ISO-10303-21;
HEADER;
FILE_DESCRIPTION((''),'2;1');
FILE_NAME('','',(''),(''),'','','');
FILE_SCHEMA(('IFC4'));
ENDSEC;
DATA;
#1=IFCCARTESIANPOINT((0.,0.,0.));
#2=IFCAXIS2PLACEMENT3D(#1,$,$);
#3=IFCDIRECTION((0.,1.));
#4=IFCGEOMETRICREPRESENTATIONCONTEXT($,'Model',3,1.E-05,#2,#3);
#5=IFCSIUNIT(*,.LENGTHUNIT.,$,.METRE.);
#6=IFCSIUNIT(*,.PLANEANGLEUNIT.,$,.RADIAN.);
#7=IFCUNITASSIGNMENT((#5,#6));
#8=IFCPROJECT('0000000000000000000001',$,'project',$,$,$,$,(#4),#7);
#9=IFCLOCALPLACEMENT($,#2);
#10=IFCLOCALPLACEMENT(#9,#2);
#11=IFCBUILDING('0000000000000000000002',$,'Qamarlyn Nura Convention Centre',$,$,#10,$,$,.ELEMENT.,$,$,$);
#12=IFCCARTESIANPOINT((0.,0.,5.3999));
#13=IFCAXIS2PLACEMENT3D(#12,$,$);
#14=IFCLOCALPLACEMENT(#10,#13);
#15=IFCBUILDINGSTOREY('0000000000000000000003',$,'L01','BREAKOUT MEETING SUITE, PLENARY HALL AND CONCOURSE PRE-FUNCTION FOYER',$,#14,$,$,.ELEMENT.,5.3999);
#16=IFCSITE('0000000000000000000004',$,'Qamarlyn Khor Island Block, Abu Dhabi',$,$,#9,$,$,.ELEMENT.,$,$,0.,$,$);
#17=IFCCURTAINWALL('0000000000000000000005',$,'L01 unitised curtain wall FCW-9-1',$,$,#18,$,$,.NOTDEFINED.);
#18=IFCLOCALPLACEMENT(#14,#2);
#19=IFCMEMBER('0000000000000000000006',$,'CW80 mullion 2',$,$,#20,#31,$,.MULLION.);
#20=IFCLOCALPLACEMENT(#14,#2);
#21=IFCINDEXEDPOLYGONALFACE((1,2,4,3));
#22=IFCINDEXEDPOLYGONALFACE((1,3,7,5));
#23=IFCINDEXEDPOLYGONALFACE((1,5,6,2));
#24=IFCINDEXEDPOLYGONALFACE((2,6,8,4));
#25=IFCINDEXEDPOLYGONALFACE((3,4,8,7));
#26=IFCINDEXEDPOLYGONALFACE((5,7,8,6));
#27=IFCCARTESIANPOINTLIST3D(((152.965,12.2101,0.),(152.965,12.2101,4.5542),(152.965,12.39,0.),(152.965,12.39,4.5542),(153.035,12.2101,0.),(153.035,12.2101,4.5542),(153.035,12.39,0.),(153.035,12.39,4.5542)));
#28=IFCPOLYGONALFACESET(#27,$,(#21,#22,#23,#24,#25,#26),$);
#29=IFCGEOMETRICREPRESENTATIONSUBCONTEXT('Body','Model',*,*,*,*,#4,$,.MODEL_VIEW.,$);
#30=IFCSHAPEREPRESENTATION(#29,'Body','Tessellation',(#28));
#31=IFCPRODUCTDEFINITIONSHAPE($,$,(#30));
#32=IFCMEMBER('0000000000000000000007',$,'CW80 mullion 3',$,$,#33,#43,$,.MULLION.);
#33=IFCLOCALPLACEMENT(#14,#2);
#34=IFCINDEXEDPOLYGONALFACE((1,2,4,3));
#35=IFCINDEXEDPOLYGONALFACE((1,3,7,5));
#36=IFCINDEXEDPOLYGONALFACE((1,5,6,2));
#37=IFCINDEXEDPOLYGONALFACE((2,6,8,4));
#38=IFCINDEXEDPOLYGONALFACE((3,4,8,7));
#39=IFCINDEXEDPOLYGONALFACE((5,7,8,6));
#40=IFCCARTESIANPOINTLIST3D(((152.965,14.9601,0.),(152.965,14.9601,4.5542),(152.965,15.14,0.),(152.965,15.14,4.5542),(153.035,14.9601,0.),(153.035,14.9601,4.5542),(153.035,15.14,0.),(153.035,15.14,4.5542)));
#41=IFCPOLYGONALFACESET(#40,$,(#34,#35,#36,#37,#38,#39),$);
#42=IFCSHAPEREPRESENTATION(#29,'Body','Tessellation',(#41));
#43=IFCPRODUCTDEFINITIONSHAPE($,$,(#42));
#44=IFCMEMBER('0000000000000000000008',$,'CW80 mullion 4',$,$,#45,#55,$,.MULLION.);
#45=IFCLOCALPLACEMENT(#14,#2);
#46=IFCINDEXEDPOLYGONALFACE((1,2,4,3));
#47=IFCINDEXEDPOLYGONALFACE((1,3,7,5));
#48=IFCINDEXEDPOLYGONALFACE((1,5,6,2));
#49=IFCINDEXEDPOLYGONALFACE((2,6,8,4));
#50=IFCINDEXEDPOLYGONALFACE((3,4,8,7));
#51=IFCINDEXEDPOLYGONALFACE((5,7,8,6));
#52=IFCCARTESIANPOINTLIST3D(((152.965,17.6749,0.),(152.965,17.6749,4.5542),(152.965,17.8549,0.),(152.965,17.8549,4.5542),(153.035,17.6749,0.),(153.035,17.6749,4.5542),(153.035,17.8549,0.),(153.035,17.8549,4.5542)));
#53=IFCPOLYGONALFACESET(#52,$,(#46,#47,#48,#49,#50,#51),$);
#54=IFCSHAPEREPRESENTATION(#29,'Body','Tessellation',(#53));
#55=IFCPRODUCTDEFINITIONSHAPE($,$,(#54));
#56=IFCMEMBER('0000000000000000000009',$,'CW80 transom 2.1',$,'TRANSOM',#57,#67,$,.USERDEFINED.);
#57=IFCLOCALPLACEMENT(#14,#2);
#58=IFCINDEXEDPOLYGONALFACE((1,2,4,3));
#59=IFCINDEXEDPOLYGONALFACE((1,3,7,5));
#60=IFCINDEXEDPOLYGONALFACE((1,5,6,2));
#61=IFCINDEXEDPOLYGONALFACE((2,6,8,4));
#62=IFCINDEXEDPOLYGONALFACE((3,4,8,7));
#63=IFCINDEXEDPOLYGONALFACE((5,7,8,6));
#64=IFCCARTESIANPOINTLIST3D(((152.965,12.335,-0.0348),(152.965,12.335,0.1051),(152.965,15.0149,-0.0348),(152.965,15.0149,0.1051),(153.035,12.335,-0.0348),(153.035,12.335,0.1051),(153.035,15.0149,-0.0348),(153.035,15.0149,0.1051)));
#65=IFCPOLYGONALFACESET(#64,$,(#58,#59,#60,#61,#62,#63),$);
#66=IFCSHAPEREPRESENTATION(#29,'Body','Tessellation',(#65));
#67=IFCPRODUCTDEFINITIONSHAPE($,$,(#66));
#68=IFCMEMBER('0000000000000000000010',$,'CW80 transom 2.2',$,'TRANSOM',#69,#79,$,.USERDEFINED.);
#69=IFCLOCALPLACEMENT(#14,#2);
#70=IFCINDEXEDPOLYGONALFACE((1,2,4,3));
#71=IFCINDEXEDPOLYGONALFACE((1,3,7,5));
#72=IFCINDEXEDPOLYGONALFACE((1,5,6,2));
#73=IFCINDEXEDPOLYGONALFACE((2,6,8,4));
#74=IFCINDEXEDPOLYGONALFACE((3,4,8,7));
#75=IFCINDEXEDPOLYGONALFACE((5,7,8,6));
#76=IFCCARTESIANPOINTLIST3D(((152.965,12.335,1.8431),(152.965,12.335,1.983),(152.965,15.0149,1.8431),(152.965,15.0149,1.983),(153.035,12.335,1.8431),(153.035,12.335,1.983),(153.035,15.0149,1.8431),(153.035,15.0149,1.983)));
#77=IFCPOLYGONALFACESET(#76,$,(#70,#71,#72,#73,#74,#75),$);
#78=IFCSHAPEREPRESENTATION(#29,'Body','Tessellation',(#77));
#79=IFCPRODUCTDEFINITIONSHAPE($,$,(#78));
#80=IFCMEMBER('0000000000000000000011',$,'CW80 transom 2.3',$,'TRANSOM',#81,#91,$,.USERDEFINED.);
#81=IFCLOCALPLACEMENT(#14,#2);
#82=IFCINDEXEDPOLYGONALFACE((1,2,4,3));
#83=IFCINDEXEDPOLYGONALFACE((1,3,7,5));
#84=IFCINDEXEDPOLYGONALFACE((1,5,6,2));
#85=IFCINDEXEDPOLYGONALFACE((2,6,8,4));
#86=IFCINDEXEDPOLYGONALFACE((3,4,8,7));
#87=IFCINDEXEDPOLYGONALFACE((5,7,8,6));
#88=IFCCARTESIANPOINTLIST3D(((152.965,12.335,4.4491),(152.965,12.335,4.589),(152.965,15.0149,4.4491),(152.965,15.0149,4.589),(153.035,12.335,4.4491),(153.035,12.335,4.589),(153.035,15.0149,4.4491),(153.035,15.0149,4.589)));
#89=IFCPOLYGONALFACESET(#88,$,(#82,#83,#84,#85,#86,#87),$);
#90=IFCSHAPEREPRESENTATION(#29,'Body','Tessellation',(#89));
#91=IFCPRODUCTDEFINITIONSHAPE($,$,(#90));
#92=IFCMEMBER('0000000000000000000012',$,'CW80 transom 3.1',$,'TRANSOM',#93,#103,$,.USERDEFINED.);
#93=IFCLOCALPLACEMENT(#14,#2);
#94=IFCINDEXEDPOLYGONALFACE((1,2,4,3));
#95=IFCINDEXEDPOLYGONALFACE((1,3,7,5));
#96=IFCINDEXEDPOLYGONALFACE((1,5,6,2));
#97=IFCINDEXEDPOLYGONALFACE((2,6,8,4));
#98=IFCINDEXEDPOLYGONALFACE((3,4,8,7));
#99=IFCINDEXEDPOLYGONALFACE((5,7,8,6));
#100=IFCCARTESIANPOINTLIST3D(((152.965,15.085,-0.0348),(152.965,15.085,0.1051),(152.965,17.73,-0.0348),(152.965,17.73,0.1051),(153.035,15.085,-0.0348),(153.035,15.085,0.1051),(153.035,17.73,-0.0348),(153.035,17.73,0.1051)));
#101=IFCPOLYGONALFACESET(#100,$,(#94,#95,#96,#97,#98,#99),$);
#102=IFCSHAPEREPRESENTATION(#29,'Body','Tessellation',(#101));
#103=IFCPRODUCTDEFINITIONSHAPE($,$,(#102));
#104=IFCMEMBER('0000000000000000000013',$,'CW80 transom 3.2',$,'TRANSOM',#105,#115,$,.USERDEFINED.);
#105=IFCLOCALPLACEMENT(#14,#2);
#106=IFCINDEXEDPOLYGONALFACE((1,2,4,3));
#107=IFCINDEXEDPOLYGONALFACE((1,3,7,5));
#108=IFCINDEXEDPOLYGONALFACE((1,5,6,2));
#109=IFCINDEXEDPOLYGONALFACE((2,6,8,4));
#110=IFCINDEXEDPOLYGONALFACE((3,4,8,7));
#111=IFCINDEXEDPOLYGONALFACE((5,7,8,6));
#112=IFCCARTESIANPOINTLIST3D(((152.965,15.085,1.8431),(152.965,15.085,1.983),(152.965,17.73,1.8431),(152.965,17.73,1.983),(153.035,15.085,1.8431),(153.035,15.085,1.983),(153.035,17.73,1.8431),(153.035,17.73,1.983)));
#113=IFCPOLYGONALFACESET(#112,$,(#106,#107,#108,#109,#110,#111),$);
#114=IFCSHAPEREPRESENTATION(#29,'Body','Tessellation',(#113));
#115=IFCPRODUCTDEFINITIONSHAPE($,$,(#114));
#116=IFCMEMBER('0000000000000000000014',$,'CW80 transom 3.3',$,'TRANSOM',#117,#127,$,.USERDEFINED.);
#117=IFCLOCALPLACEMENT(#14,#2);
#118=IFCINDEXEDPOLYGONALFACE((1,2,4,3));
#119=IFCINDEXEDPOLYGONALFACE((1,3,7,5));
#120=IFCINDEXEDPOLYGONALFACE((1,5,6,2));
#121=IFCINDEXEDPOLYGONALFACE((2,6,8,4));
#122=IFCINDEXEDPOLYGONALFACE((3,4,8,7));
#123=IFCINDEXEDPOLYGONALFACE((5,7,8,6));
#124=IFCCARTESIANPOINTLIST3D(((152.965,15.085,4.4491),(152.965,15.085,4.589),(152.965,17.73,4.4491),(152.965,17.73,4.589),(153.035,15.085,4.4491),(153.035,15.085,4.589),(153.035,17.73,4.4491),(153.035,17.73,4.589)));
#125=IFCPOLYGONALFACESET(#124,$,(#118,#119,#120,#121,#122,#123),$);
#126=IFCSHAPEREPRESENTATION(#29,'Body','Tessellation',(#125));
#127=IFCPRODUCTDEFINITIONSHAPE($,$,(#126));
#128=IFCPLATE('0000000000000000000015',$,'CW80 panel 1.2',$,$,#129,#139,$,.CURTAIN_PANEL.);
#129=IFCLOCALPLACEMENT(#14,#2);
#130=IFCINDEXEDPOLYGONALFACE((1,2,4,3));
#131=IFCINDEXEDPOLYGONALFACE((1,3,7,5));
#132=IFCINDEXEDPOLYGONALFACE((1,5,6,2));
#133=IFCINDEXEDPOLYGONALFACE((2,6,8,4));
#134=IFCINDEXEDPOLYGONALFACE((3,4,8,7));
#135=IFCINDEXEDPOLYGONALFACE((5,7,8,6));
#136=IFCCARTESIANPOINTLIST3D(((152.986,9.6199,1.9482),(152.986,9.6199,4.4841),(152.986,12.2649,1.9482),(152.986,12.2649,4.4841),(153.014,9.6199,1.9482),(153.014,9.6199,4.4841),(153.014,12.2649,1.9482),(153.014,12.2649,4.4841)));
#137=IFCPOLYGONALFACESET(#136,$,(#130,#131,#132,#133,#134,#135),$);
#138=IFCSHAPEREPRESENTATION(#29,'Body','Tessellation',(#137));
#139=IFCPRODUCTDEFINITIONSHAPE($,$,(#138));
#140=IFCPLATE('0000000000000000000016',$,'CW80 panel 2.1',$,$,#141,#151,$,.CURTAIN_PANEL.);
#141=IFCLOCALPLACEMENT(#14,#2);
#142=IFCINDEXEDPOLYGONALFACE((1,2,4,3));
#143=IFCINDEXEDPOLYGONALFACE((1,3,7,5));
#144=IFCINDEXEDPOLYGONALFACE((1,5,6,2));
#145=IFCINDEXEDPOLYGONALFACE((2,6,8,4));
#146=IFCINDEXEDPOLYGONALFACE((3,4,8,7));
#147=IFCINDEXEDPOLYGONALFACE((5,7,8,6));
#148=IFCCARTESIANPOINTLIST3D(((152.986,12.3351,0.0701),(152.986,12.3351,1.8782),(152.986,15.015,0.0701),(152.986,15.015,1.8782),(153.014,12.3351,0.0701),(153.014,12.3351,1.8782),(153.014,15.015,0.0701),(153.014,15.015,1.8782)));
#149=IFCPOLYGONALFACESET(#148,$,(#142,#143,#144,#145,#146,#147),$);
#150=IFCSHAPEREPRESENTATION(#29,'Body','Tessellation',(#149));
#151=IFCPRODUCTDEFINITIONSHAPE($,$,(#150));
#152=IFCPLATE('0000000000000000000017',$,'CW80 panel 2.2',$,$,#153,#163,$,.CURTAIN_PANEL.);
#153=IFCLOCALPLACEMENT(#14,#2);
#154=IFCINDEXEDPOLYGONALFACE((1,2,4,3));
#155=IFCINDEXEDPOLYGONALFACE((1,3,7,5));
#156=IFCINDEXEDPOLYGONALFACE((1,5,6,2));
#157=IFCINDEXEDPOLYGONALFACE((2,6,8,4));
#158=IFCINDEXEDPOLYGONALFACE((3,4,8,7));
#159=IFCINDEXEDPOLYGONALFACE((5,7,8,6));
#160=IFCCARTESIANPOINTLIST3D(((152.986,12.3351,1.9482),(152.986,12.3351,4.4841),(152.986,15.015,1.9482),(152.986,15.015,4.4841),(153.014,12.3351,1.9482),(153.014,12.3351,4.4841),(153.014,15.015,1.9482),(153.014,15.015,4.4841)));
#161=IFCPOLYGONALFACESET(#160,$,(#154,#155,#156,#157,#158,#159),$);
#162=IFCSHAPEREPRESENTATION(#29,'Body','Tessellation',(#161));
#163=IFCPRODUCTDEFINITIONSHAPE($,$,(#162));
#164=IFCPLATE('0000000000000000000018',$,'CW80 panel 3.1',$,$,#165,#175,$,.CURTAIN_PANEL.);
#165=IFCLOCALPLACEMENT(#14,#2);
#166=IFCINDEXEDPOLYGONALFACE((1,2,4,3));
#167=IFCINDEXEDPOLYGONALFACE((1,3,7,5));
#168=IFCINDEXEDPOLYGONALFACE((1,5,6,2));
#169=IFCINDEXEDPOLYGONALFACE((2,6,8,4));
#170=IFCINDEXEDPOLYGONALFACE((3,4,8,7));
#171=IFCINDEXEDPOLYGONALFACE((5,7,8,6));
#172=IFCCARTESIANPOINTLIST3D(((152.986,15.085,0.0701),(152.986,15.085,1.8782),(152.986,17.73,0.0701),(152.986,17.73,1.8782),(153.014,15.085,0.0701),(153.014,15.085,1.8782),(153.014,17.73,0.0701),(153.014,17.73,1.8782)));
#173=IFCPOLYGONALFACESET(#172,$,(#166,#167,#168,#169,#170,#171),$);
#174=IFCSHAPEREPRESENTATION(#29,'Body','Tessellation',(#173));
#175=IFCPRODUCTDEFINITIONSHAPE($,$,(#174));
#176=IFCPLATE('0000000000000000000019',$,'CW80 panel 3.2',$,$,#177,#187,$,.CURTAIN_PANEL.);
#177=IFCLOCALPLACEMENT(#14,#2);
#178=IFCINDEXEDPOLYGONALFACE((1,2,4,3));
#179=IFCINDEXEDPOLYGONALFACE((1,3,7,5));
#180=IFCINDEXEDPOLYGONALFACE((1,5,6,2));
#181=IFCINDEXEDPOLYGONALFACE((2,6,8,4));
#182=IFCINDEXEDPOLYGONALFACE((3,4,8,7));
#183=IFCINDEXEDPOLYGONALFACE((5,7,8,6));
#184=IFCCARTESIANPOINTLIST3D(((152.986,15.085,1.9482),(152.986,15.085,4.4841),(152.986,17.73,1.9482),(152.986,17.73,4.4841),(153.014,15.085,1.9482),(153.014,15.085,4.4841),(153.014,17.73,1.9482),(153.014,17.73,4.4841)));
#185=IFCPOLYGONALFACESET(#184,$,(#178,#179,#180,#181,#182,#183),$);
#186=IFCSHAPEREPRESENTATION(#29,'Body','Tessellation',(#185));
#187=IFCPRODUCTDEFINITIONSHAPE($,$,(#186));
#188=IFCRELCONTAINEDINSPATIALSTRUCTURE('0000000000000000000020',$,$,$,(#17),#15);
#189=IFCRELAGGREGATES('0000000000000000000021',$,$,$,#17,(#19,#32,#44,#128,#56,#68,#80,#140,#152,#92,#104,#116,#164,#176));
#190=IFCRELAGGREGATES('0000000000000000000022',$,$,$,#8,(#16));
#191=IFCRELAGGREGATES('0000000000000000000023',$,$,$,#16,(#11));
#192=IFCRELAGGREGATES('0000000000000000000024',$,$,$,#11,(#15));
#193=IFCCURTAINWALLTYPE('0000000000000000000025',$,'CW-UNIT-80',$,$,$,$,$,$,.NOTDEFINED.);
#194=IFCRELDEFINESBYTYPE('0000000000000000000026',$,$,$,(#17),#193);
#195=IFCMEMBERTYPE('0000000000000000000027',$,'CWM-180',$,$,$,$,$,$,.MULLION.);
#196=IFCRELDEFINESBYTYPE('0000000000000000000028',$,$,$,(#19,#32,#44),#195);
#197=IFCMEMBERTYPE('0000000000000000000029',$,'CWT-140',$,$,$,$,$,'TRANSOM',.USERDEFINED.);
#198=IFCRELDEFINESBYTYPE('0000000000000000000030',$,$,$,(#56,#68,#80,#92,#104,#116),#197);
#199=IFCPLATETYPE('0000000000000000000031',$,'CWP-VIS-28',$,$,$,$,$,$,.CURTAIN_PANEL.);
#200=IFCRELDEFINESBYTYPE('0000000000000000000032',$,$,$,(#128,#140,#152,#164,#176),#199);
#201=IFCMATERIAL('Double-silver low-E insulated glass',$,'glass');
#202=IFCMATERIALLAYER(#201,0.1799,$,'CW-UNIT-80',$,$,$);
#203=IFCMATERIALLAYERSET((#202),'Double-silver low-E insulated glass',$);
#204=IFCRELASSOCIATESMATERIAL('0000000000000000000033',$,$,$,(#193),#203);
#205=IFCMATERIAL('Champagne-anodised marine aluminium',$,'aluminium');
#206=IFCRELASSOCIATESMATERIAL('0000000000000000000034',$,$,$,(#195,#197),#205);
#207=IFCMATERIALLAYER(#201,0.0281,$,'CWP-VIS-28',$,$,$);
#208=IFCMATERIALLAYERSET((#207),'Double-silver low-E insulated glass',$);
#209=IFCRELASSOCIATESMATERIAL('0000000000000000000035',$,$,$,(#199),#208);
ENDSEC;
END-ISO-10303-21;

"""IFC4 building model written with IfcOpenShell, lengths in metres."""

from ifc_helpers import new_model, si_unit, direction, frame, origin, origin_2d, place, context, subcontext, project, spatial, rectangle, extrude, material, layer, layer_set, material_profile, profile_set, type_object, element, aggregate, save


model = new_model("IFC4")

# Units and contexts
model_context = context("Model", 3, precision=1e-05, world=origin(), true_north=direction((0.0, 1.0)))
body_context = subcontext(model_context, "Body", "Model", "MODEL_VIEW")
ifc_project = project(units=[si_unit("LENGTHUNIT", "METRE"), si_unit("PLANEANGLEUNIT", "RADIAN")], contexts=[model_context])

# Site, building, storey
site_placement = place(None, origin())
site = spatial("IfcSite", under=ifc_project, at=site_placement, Name="Qamarlyn Khor Island Block, Abu Dhabi", CompositionType="ELEMENT", RefElevation=0.0)
building_placement = place(site_placement, origin())
building = spatial("IfcBuilding", under=site, at=building_placement, Name="Qamarlyn Nura Convention Centre", CompositionType="ELEMENT")
storey_placement = place(building_placement, frame((0.0, 0.0, 5.3999)))
storey = spatial("IfcBuildingStorey", under=building, at=storey_placement, Name="L01", Description="BREAKOUT MEETING SUITE, PLENARY HALL AND CONCOURSE PRE-FUNCTION FOYER", CompositionType="ELEMENT", Elevation=5.3999)

# Curtain wall, members, plates
ifc_material_1 = material(Name="Double-silver low-E insulated glass", Category="glass")
ifc_layer_1 = layer(ifc_material_1, 0.1799, Name="CW-UNIT-80")
ifc_layer_set_1 = layer_set([ifc_layer_1], Name="Double-silver low-E insulated glass")
curtain_wall_type = type_object("IfcCurtainWallType", Name="CW-UNIT-80", PredefinedType="NOTDEFINED", material=ifc_layer_set_1)
curtain_wall_placement = place(storey_placement, origin())
curtain_wall = element("IfcCurtainWall", 1, at=curtain_wall_placement, inside=storey, type_object=curtain_wall_type, Name="L01 unitised curtain wall FCW-9-1", PredefinedType="NOTDEFINED")
ifc_material_2 = material(Name="Champagne-anodised marine aluminium", Category="aluminium")
ifc_material_profile_1 = material_profile(ifc_material_2, rectangle(XDim=0.0701, YDim=0.1799, at=origin_2d()), Name="ALU MULLION 70x180")
ifc_profile_set_1 = profile_set([ifc_material_profile_1], Name="Champagne-anodised marine aluminium")
member_type_1 = type_object("IfcMemberType", Name="CWM-180", PredefinedType="MULLION", material=ifc_profile_set_1)
member_1_placement = place(storey_placement, frame((153.0, 12.3, 0.0), z_axis=(0.0, 0.0, 1.0), x_axis=(-1.0, 0.0, 0.0)))
member_1 = element("IfcMember", 2, at=member_1_placement, type_object=member_type_1, Name="CW80 mullion 2", PredefinedType="MULLION", context=body_context, shape_type="SweptSolid", body=[
    extrude(rectangle(XDim=0.0701, YDim=0.1799, at=origin_2d()), origin(), (0.0, 0.0, 1.0), 4.5542),
])
member_2_placement = place(storey_placement, frame((153.0, 15.05, 0.0), z_axis=(0.0, 0.0, 1.0), x_axis=(-1.0, 0.0, 0.0)))
member_2 = element("IfcMember", 3, at=member_2_placement, type_object=member_type_1, Name="CW80 mullion 3", PredefinedType="MULLION", context=body_context, shape_type="SweptSolid", body=[
    extrude(rectangle(XDim=0.0701, YDim=0.1799, at=origin_2d()), origin(), (0.0, 0.0, 1.0), 4.5542),
])
member_3_placement = place(storey_placement, frame((153.0, 17.7649, 0.0), z_axis=(0.0, 0.0, 1.0), x_axis=(-1.0, 0.0, 0.0)))
member_3 = element("IfcMember", 4, at=member_3_placement, type_object=member_type_1, Name="CW80 mullion 4", PredefinedType="MULLION", context=body_context, shape_type="SweptSolid", body=[
    extrude(rectangle(XDim=0.0701, YDim=0.1799, at=origin_2d()), origin(), (0.0, 0.0, 1.0), 4.5542),
])
ifc_material_profile_2 = material_profile(ifc_material_2, rectangle(XDim=0.0701, YDim=0.1399, at=origin_2d()), Name="ALU TRANSOM 70x140")
ifc_profile_set_2 = profile_set([ifc_material_profile_2], Name="Champagne-anodised marine aluminium")
member_type_2 = type_object("IfcMemberType", Name="CWT-140", ElementType="TRANSOM", PredefinedType="USERDEFINED", material=ifc_profile_set_2)
member_4_placement = place(storey_placement, frame((153.0, 12.335, 0.0352), z_axis=(0.0, 1.0, 0.0), x_axis=(-1.0, 0.0, 0.0)))
member_4 = element("IfcMember", 5, at=member_4_placement, type_object=member_type_2, Name="CW80 transom 2.1", ObjectType="TRANSOM", PredefinedType="USERDEFINED", context=body_context, shape_type="SweptSolid", body=[
    extrude(rectangle(XDim=0.0701, YDim=0.1399, at=origin_2d()), origin(), (0.0, 0.0, 1.0), 2.6799),
])
member_5_placement = place(storey_placement, frame((153.0, 12.335, 1.9131), z_axis=(0.0, 1.0, 0.0), x_axis=(-1.0, 0.0, 0.0)))
member_5 = element("IfcMember", 6, at=member_5_placement, type_object=member_type_2, Name="CW80 transom 2.2", ObjectType="TRANSOM", PredefinedType="USERDEFINED", context=body_context, shape_type="SweptSolid", body=[
    extrude(rectangle(XDim=0.0701, YDim=0.1399, at=origin_2d()), origin(), (0.0, 0.0, 1.0), 2.6799),
])
member_6_placement = place(storey_placement, frame((153.0, 12.335, 4.519), z_axis=(0.0, 1.0, 0.0), x_axis=(-1.0, 0.0, 0.0)))
member_6 = element("IfcMember", 7, at=member_6_placement, type_object=member_type_2, Name="CW80 transom 2.3", ObjectType="TRANSOM", PredefinedType="USERDEFINED", context=body_context, shape_type="SweptSolid", body=[
    extrude(rectangle(XDim=0.0701, YDim=0.1399, at=origin_2d()), origin(), (0.0, 0.0, 1.0), 2.6799),
])
member_7_placement = place(storey_placement, frame((153.0, 15.085, 0.0352), z_axis=(0.0, 1.0, 0.0), x_axis=(-1.0, 0.0, 0.0)))
member_7 = element("IfcMember", 8, at=member_7_placement, type_object=member_type_2, Name="CW80 transom 3.1", ObjectType="TRANSOM", PredefinedType="USERDEFINED", context=body_context, shape_type="SweptSolid", body=[
    extrude(rectangle(XDim=0.0701, YDim=0.1399, at=origin_2d()), origin(), (0.0, 0.0, 1.0), 2.645),
])
member_8_placement = place(storey_placement, frame((153.0, 15.085, 1.9131), z_axis=(0.0, 1.0, 0.0), x_axis=(-1.0, 0.0, 0.0)))
member_8 = element("IfcMember", 9, at=member_8_placement, type_object=member_type_2, Name="CW80 transom 3.2", ObjectType="TRANSOM", PredefinedType="USERDEFINED", context=body_context, shape_type="SweptSolid", body=[
    extrude(rectangle(XDim=0.0701, YDim=0.1399, at=origin_2d()), origin(), (0.0, 0.0, 1.0), 2.645),
])
member_9_placement = place(storey_placement, frame((153.0, 15.085, 4.519), z_axis=(0.0, 1.0, 0.0), x_axis=(-1.0, 0.0, 0.0)))
member_9 = element("IfcMember", 10, at=member_9_placement, type_object=member_type_2, Name="CW80 transom 3.3", ObjectType="TRANSOM", PredefinedType="USERDEFINED", context=body_context, shape_type="SweptSolid", body=[
    extrude(rectangle(XDim=0.0701, YDim=0.1399, at=origin_2d()), origin(), (0.0, 0.0, 1.0), 2.645),
])
ifc_layer_2 = layer(ifc_material_1, 0.0281, Name="CWP-VIS-28")
ifc_layer_set_2 = layer_set([ifc_layer_2], Name="Double-silver low-E insulated glass")
plate_type = type_object("IfcPlateType", Name="CWP-VIS-28", PredefinedType="CURTAIN_PANEL", material=ifc_layer_set_2)
plate_1_placement = place(storey_placement, frame((153.0, 10.9424, 1.9482), z_axis=(0.0, 0.0, 1.0), x_axis=(0.0, 1.0, 0.0)))
plate_1 = element("IfcPlate", 11, at=plate_1_placement, type_object=plate_type, Name="CW80 panel 1.2", PredefinedType="CURTAIN_PANEL", context=body_context, shape_type="SweptSolid", body=[
    extrude(rectangle(XDim=2.645, YDim=0.0281, at=origin_2d()), origin(), (0.0, 0.0, 1.0), 2.5359),
])
plate_2_placement = place(storey_placement, frame((153.0, 13.675, 0.0701), z_axis=(0.0, 0.0, 1.0), x_axis=(0.0, 1.0, 0.0)))
plate_2 = element("IfcPlate", 12, at=plate_2_placement, type_object=plate_type, Name="CW80 panel 2.1", PredefinedType="CURTAIN_PANEL", context=body_context, shape_type="SweptSolid", body=[
    extrude(rectangle(XDim=2.6799, YDim=0.0281, at=origin_2d()), origin(), (0.0, 0.0, 1.0), 1.8081),
])
plate_3_placement = place(storey_placement, frame((153.0, 13.675, 1.9482), z_axis=(0.0, 0.0, 1.0), x_axis=(0.0, 1.0, 0.0)))
plate_3 = element("IfcPlate", 13, at=plate_3_placement, type_object=plate_type, Name="CW80 panel 2.2", PredefinedType="CURTAIN_PANEL", context=body_context, shape_type="SweptSolid", body=[
    extrude(rectangle(XDim=2.6799, YDim=0.0281, at=origin_2d()), origin(), (0.0, 0.0, 1.0), 2.5359),
])
plate_4_placement = place(storey_placement, frame((153.0, 16.4075, 0.0701), z_axis=(0.0, 0.0, 1.0), x_axis=(0.0, 1.0, 0.0)))
plate_4 = element("IfcPlate", 14, at=plate_4_placement, type_object=plate_type, Name="CW80 panel 3.1", PredefinedType="CURTAIN_PANEL", context=body_context, shape_type="SweptSolid", body=[
    extrude(rectangle(XDim=2.645, YDim=0.0281, at=origin_2d()), origin(), (0.0, 0.0, 1.0), 1.8081),
])
plate_5_placement = place(storey_placement, frame((153.0, 16.4075, 1.9482), z_axis=(0.0, 0.0, 1.0), x_axis=(0.0, 1.0, 0.0)))
plate_5 = element("IfcPlate", 15, at=plate_5_placement, type_object=plate_type, Name="CW80 panel 3.2", PredefinedType="CURTAIN_PANEL", context=body_context, shape_type="SweptSolid", body=[
    extrude(rectangle(XDim=2.645, YDim=0.0281, at=origin_2d()), origin(), (0.0, 0.0, 1.0), 2.5359),
])
aggregate(curtain_wall, [member_1, member_2, member_3, plate_1, member_4, member_5, member_6, plate_2, plate_3, member_7, member_8, member_9, plate_4, plate_5])

save(model, "model.ifc")
